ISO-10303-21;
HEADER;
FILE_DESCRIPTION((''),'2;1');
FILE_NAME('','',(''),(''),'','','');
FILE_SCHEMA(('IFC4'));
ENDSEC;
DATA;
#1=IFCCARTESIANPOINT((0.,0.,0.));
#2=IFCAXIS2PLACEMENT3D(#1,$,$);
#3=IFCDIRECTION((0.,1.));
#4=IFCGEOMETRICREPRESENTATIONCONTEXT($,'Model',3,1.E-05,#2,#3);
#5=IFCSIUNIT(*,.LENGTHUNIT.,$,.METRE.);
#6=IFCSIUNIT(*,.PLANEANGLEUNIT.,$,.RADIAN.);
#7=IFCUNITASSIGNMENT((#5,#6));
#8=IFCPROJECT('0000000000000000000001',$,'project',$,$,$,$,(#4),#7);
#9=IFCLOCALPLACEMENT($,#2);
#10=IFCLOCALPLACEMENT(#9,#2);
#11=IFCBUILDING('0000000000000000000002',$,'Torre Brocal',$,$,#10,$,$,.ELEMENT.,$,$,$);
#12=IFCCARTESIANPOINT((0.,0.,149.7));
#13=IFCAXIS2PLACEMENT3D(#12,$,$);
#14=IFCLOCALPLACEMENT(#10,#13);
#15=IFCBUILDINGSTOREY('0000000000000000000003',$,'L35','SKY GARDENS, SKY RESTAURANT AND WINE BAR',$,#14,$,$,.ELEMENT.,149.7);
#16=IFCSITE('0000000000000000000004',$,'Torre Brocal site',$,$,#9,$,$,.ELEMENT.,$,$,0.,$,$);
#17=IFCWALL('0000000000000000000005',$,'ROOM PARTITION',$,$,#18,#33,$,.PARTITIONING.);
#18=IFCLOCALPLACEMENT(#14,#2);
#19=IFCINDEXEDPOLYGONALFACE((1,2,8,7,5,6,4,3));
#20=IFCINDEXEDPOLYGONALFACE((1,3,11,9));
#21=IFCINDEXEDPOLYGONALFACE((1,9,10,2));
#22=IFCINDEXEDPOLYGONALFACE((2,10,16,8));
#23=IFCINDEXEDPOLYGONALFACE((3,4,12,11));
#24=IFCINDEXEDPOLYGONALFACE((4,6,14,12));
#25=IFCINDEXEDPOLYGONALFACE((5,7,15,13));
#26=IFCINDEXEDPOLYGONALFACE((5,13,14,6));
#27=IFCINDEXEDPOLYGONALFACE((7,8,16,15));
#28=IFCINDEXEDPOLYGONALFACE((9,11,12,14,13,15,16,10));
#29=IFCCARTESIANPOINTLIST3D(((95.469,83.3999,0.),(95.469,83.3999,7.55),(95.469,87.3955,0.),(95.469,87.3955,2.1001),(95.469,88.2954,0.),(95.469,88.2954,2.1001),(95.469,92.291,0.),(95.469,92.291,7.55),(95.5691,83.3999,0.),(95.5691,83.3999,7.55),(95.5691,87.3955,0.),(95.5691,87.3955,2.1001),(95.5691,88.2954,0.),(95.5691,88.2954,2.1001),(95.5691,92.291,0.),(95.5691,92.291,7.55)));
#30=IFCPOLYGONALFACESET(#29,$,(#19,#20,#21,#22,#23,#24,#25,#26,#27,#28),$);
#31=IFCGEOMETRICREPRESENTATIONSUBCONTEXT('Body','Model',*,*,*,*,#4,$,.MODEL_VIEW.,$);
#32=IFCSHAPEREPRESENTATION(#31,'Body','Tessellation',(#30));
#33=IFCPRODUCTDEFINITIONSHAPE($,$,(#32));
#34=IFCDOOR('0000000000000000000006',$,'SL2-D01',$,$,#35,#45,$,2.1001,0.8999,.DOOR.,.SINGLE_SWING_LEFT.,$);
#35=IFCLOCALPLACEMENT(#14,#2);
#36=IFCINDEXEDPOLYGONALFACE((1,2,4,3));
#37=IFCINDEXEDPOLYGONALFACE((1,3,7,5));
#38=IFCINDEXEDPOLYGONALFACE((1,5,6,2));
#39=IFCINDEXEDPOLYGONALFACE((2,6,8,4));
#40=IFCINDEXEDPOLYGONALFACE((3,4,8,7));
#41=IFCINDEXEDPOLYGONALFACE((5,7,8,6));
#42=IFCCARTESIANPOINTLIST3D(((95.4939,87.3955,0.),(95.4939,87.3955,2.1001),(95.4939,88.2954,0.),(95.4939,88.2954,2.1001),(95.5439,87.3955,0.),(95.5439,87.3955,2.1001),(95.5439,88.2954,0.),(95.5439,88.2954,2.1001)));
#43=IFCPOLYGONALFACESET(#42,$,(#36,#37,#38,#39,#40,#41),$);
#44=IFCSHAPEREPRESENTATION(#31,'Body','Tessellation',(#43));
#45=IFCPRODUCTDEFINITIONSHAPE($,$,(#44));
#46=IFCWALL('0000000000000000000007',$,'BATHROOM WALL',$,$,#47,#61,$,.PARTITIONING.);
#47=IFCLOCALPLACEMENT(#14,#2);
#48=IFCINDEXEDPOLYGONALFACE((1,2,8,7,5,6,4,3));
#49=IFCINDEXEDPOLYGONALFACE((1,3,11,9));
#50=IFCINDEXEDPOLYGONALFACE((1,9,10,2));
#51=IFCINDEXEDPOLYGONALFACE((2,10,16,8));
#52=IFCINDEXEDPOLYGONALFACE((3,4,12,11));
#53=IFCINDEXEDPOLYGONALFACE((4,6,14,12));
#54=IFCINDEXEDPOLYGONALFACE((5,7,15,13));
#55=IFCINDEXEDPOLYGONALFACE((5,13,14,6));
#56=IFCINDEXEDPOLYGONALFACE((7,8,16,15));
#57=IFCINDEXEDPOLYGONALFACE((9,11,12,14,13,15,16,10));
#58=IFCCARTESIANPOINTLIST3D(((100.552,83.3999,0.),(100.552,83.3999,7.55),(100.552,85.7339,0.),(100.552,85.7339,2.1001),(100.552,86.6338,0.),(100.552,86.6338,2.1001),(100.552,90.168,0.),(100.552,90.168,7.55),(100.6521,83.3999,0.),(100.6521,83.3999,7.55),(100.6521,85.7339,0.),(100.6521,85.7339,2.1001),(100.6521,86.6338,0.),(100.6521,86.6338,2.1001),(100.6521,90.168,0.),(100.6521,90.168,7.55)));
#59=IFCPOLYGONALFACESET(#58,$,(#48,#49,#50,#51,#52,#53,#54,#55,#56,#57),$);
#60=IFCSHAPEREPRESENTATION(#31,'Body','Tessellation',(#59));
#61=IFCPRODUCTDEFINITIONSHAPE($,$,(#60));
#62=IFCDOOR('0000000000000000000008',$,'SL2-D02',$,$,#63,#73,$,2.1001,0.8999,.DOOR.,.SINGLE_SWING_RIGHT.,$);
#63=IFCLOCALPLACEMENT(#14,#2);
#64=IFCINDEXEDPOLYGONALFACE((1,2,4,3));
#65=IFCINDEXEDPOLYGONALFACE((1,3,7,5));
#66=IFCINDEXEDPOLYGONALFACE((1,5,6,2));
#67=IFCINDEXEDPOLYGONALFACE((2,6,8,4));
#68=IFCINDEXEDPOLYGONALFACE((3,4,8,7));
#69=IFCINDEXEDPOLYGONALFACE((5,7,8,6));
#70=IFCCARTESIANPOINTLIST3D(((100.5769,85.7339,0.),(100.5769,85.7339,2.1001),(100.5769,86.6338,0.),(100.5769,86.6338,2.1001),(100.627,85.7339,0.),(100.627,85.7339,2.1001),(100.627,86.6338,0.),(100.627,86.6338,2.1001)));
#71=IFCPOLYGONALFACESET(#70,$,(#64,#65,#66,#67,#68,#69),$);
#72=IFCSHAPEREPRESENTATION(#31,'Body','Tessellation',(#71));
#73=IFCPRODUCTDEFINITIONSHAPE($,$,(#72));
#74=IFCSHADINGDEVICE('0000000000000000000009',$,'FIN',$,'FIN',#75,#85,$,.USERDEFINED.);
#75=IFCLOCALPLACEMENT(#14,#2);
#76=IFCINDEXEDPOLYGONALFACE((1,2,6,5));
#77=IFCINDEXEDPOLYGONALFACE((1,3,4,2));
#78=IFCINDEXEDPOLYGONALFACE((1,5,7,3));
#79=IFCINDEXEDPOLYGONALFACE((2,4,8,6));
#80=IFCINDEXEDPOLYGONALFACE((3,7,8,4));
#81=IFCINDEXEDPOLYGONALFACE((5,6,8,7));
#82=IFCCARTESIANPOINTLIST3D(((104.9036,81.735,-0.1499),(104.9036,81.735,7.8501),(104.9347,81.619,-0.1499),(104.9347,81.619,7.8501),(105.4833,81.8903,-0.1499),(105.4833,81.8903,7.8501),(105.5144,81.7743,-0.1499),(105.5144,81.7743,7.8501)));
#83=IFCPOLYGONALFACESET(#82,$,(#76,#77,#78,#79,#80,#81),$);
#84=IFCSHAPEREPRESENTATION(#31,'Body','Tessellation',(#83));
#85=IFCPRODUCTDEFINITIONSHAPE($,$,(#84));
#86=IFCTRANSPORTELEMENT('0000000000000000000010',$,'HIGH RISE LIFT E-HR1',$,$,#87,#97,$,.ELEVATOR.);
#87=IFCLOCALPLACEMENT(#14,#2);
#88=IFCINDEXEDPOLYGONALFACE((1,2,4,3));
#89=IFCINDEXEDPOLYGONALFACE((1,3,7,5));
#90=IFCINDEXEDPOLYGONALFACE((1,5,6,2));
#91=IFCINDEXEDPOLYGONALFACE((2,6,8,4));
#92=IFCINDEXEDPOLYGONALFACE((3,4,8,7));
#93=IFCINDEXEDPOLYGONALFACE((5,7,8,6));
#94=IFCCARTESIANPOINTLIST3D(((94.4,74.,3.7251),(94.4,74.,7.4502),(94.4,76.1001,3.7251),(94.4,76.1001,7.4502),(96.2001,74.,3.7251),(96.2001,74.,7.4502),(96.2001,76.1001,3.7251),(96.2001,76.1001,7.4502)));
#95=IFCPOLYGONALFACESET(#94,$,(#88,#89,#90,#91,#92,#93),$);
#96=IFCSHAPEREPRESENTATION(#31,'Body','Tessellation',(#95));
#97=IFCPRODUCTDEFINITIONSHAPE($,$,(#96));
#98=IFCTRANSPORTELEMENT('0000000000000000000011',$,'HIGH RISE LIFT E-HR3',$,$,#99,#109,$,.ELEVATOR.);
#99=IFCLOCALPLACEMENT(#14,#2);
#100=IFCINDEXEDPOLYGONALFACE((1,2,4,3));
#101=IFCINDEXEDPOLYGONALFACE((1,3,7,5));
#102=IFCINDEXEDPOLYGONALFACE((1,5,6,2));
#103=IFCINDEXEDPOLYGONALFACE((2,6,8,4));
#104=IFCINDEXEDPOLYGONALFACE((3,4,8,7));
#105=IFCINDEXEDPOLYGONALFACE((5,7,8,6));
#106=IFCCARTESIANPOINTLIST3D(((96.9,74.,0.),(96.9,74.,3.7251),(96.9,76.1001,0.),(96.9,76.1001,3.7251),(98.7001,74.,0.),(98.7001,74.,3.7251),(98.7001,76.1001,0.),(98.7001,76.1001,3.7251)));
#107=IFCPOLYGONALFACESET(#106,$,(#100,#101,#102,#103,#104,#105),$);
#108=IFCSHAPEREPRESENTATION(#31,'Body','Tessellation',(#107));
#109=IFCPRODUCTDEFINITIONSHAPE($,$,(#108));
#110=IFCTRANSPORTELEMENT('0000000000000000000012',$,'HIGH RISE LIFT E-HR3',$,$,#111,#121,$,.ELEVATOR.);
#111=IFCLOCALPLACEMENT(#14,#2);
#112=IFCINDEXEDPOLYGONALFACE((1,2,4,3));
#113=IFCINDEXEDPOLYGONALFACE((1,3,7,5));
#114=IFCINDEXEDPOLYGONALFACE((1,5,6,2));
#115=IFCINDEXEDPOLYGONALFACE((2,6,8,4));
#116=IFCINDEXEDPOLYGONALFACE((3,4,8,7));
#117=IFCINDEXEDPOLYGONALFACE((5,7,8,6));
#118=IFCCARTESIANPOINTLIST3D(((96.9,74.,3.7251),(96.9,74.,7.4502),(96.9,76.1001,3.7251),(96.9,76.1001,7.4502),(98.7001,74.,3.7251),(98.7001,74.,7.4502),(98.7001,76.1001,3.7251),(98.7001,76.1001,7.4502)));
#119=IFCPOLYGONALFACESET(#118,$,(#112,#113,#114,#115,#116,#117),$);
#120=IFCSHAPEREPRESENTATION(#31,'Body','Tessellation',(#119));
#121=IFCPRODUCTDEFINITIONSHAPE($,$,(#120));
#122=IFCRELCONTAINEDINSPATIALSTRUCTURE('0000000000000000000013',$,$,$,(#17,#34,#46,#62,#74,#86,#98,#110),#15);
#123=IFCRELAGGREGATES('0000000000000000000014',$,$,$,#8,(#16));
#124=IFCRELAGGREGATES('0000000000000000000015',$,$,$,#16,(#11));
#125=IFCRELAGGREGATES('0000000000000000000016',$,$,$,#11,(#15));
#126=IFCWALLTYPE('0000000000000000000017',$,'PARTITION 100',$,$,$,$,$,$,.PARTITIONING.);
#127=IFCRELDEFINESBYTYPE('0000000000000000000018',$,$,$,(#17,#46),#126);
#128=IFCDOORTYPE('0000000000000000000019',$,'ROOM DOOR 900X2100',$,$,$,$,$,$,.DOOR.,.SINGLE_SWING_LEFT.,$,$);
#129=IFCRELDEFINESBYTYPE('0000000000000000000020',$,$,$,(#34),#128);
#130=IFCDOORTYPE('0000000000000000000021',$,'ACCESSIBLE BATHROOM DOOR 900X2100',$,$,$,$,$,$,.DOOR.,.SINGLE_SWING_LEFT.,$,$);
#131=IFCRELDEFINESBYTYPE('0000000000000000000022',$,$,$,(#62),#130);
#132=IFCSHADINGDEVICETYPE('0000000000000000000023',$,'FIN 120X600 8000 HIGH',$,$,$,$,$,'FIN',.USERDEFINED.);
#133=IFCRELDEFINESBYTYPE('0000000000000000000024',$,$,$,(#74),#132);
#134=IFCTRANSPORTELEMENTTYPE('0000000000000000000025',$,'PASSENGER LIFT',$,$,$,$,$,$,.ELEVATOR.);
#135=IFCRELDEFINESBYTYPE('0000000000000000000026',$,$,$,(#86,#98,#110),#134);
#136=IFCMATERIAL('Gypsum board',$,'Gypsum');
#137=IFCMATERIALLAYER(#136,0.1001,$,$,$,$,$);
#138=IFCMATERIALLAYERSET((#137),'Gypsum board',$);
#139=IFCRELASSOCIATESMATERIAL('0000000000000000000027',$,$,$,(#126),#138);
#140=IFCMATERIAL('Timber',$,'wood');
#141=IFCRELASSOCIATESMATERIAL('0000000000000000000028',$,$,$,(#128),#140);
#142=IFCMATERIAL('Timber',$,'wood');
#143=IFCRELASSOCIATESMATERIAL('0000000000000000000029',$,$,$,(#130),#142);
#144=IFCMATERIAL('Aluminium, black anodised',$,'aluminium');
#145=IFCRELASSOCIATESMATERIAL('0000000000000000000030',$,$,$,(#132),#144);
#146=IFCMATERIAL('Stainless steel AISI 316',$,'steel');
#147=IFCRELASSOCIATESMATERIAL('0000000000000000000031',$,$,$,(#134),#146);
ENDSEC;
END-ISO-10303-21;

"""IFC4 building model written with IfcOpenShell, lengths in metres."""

from ifc_helpers import new_model, si_unit, direction, frame, frame_2d, origin, origin_2d, place, context, subcontext, project, spatial, rectangle, extrude, material, layer, layer_set, material_profile, profile_set, type_object, element, fill, save


model = new_model("IFC4")

# Units and contexts
model_context = context("Model", 3, precision=1e-05, world=origin(), true_north=direction((0.0, 1.0)))
body_context = subcontext(model_context, "Body", "Model", "MODEL_VIEW")
ifc_project = project(units=[si_unit("LENGTHUNIT", "METRE"), si_unit("PLANEANGLEUNIT", "RADIAN")], contexts=[model_context])

# Site, building, storey
site_placement = place(None, origin())
site = spatial("IfcSite", under=ifc_project, at=site_placement, Name="Torre Brocal site", CompositionType="ELEMENT", RefElevation=0.0)
building_placement = place(site_placement, origin())
building = spatial("IfcBuilding", under=site, at=building_placement, Name="Torre Brocal", CompositionType="ELEMENT")
storey_placement = place(building_placement, frame((0.0, 0.0, 149.7)))
storey = spatial("IfcBuildingStorey", under=building, at=storey_placement, Name="L35", Description="SKY GARDENS, SKY RESTAURANT AND WINE BAR", CompositionType="ELEMENT", Elevation=149.7)

# Walls, openings, doors
ifc_material_1 = material(Name="Gypsum board", Category="Gypsum")
ifc_layer_1 = layer(ifc_material_1, 0.1001)
ifc_layer_set_1 = layer_set([ifc_layer_1], Name="Gypsum board")
wall_type_1 = type_object("IfcWallType", Name="PARTITION 100", PredefinedType="PARTITIONING", material=ifc_layer_set_1)
wall_1_placement = place(storey_placement, frame((95.519, 83.3999, 0.0), z_axis=(0.0, 0.0, 1.0), x_axis=(0.0, 1.0, 0.0)))
wall_1 = element("IfcWall", 1, at=wall_1_placement, inside=storey, type_object=wall_type_1, Name="ROOM PARTITION", PredefinedType="PARTITIONING", context=body_context, shape_type="SweptSolid", body=[
    extrude(rectangle(XDim=8.8911, YDim=0.1001, at=frame_2d((4.4456, 0.0))), origin(), (0.0, 0.0, 1.0), 7.55),
])
opening_1_placement = place(wall_1_placement, frame((3.9956, 0.0, 0.0)))
opening_1 = element("IfcOpeningElement", 2, at=opening_1_placement, cuts=wall_1, PredefinedType="OPENING", context=body_context, shape_type="SweptSolid", body=[
    extrude(rectangle(XDim=0.8999, YDim=2.1001, at=frame_2d((0.45, 1.05))), frame((0.0, 0.0601, 0.0), z_axis=(0.0, -1.0, 0.0), x_axis=(1.0, 0.0, 0.0)), (0.0, 0.0, 1.0), 0.1201),
])
ifc_material_2 = material(Name="Timber", Category="wood")
door_type_1 = type_object("IfcDoorType", Name="ROOM DOOR 900X2100", OperationType="SINGLE_SWING_LEFT", PredefinedType="DOOR", material=ifc_material_2)
door_1_placement = place(opening_1_placement, frame((0.8999, 0.0, 0.0), z_axis=(0.0, 0.0, 1.0), x_axis=(-1.0, 0.0, 0.0)))
door_1 = element("IfcDoor", 3, at=door_1_placement, inside=storey, type_object=door_type_1, Name="SL2-D01", OperationType="SINGLE_SWING_LEFT", OverallHeight=2.1001, OverallWidth=0.8999, PredefinedType="DOOR", context=body_context, shape_type="SweptSolid", body=[
    extrude(rectangle(XDim=0.8999, YDim=2.1001, at=frame_2d((0.45, 1.05))), frame((0.0, 0.0249, 0.0), z_axis=(0.0, -1.0, 0.0), x_axis=(1.0, 0.0, 0.0)), (0.0, 0.0, 1.0), 0.05),
])
fill(opening_1, door_1)
wall_2_placement = place(storey_placement, frame((100.6021, 83.3999, 0.0), z_axis=(0.0, 0.0, 1.0), x_axis=(0.0, 1.0, 0.0)))
wall_2 = element("IfcWall", 4, at=wall_2_placement, inside=storey, type_object=wall_type_1, Name="BATHROOM WALL", PredefinedType="PARTITIONING", context=body_context, shape_type="SweptSolid", body=[
    extrude(rectangle(XDim=6.7681, YDim=0.1001, at=frame_2d((3.384, 0.0))), origin(), (0.0, 0.0, 1.0), 7.55),
])
opening_2_placement = place(wall_2_placement, frame((2.334, 0.0, 0.0)))
opening_2 = element("IfcOpeningElement", 5, at=opening_2_placement, cuts=wall_2, PredefinedType="OPENING", context=body_context, shape_type="SweptSolid", body=[
    extrude(rectangle(XDim=0.8999, YDim=2.1001, at=frame_2d((0.45, 1.05))), frame((0.0, 0.0601, 0.0), z_axis=(0.0, -1.0, 0.0), x_axis=(1.0, 0.0, 0.0)), (0.0, 0.0, 1.0), 0.1201),
])
ifc_material_3 = material(Name="Timber", Category="wood")
door_type_2 = type_object("IfcDoorType", Name="ACCESSIBLE BATHROOM DOOR 900X2100", OperationType="SINGLE_SWING_LEFT", PredefinedType="DOOR", material=ifc_material_3)
door_2_placement = place(opening_2_placement, frame((0.8999, 0.0, 0.0), z_axis=(0.0, 0.0, 1.0), x_axis=(-1.0, 0.0, 0.0)))
door_2 = element("IfcDoor", 6, at=door_2_placement, inside=storey, type_object=door_type_2, Name="SL2-D02", OperationType="SINGLE_SWING_RIGHT", OverallHeight=2.1001, OverallWidth=0.8999, PredefinedType="DOOR", context=body_context, shape_type="SweptSolid", body=[
    extrude(rectangle(XDim=0.8999, YDim=2.1001, at=frame_2d((0.45, 1.05))), frame((0.0, 0.0249, 0.0), z_axis=(0.0, -1.0, 0.0), x_axis=(1.0, 0.0, 0.0)), (0.0, 0.0, 1.0), 0.05),
])
fill(opening_2, door_2)

# Shading device
ifc_material_4 = material(Name="Aluminium, black anodised", Category="aluminium")
ifc_material_profile_1 = material_profile(ifc_material_4, rectangle(XDim=0.1201, YDim=0.6001, at=origin_2d()), Name="FIN 120X600 8000 HIGH")
ifc_profile_set_1 = profile_set([ifc_material_profile_1], Name="Aluminium, black anodised")
shading_device_type = type_object("IfcShadingDeviceType", Name="FIN 120X600 8000 HIGH", ElementType="FIN", PredefinedType="USERDEFINED", material=ifc_profile_set_1)
shading_device_placement = place(storey_placement, frame((105.209, 81.7546, -0.1499), z_axis=(0.0, 0.0, 1.0), x_axis=(-0.258819, 0.965926, 0.0)))
element("IfcShadingDevice", 7, at=shading_device_placement, inside=storey, type_object=shading_device_type, Name="FIN", ObjectType="FIN", PredefinedType="USERDEFINED", context=body_context, shape_type="SweptSolid", body=[
    extrude(rectangle(XDim=0.1201, YDim=0.6001, at=origin_2d()), origin(), (0.0, 0.0, 1.0), 8.0),
])

# Transport elements
ifc_material_5 = material(Name="Stainless steel AISI 316", Category="steel")
transport_element_type = type_object("IfcTransportElementType", Name="PASSENGER LIFT", PredefinedType="ELEVATOR", material=ifc_material_5)
for number, where, z_axis, x_axis, name in (
    (8, (95.3, 75.05, 3.7251), (0.0, 0.0, 1.0), (1.0, 0.0, 0.0), "HIGH RISE LIFT E-HR1"),
    (9, (97.8, 75.05, 0.0), (0.0, 0.0, 1.0), (1.0, 0.0, 0.0), "HIGH RISE LIFT E-HR3"),
    (10, (97.8, 75.05, 3.7251), (0.0, 0.0, 1.0), (1.0, 0.0, 0.0), "HIGH RISE LIFT E-HR3"),
):
    element("IfcTransportElement", number, at=place(storey_placement, frame(where, z_axis=z_axis, x_axis=x_axis)), inside=storey, type_object=transport_element_type, Name=name, PredefinedType="ELEVATOR", context=body_context, shape_type="SweptSolid", body=[
        extrude(rectangle(XDim=1.8, YDim=2.1001, at=origin_2d()), origin(), (0.0, 0.0, 1.0), 3.7251),
    ])

save(model, "model.ifc")
